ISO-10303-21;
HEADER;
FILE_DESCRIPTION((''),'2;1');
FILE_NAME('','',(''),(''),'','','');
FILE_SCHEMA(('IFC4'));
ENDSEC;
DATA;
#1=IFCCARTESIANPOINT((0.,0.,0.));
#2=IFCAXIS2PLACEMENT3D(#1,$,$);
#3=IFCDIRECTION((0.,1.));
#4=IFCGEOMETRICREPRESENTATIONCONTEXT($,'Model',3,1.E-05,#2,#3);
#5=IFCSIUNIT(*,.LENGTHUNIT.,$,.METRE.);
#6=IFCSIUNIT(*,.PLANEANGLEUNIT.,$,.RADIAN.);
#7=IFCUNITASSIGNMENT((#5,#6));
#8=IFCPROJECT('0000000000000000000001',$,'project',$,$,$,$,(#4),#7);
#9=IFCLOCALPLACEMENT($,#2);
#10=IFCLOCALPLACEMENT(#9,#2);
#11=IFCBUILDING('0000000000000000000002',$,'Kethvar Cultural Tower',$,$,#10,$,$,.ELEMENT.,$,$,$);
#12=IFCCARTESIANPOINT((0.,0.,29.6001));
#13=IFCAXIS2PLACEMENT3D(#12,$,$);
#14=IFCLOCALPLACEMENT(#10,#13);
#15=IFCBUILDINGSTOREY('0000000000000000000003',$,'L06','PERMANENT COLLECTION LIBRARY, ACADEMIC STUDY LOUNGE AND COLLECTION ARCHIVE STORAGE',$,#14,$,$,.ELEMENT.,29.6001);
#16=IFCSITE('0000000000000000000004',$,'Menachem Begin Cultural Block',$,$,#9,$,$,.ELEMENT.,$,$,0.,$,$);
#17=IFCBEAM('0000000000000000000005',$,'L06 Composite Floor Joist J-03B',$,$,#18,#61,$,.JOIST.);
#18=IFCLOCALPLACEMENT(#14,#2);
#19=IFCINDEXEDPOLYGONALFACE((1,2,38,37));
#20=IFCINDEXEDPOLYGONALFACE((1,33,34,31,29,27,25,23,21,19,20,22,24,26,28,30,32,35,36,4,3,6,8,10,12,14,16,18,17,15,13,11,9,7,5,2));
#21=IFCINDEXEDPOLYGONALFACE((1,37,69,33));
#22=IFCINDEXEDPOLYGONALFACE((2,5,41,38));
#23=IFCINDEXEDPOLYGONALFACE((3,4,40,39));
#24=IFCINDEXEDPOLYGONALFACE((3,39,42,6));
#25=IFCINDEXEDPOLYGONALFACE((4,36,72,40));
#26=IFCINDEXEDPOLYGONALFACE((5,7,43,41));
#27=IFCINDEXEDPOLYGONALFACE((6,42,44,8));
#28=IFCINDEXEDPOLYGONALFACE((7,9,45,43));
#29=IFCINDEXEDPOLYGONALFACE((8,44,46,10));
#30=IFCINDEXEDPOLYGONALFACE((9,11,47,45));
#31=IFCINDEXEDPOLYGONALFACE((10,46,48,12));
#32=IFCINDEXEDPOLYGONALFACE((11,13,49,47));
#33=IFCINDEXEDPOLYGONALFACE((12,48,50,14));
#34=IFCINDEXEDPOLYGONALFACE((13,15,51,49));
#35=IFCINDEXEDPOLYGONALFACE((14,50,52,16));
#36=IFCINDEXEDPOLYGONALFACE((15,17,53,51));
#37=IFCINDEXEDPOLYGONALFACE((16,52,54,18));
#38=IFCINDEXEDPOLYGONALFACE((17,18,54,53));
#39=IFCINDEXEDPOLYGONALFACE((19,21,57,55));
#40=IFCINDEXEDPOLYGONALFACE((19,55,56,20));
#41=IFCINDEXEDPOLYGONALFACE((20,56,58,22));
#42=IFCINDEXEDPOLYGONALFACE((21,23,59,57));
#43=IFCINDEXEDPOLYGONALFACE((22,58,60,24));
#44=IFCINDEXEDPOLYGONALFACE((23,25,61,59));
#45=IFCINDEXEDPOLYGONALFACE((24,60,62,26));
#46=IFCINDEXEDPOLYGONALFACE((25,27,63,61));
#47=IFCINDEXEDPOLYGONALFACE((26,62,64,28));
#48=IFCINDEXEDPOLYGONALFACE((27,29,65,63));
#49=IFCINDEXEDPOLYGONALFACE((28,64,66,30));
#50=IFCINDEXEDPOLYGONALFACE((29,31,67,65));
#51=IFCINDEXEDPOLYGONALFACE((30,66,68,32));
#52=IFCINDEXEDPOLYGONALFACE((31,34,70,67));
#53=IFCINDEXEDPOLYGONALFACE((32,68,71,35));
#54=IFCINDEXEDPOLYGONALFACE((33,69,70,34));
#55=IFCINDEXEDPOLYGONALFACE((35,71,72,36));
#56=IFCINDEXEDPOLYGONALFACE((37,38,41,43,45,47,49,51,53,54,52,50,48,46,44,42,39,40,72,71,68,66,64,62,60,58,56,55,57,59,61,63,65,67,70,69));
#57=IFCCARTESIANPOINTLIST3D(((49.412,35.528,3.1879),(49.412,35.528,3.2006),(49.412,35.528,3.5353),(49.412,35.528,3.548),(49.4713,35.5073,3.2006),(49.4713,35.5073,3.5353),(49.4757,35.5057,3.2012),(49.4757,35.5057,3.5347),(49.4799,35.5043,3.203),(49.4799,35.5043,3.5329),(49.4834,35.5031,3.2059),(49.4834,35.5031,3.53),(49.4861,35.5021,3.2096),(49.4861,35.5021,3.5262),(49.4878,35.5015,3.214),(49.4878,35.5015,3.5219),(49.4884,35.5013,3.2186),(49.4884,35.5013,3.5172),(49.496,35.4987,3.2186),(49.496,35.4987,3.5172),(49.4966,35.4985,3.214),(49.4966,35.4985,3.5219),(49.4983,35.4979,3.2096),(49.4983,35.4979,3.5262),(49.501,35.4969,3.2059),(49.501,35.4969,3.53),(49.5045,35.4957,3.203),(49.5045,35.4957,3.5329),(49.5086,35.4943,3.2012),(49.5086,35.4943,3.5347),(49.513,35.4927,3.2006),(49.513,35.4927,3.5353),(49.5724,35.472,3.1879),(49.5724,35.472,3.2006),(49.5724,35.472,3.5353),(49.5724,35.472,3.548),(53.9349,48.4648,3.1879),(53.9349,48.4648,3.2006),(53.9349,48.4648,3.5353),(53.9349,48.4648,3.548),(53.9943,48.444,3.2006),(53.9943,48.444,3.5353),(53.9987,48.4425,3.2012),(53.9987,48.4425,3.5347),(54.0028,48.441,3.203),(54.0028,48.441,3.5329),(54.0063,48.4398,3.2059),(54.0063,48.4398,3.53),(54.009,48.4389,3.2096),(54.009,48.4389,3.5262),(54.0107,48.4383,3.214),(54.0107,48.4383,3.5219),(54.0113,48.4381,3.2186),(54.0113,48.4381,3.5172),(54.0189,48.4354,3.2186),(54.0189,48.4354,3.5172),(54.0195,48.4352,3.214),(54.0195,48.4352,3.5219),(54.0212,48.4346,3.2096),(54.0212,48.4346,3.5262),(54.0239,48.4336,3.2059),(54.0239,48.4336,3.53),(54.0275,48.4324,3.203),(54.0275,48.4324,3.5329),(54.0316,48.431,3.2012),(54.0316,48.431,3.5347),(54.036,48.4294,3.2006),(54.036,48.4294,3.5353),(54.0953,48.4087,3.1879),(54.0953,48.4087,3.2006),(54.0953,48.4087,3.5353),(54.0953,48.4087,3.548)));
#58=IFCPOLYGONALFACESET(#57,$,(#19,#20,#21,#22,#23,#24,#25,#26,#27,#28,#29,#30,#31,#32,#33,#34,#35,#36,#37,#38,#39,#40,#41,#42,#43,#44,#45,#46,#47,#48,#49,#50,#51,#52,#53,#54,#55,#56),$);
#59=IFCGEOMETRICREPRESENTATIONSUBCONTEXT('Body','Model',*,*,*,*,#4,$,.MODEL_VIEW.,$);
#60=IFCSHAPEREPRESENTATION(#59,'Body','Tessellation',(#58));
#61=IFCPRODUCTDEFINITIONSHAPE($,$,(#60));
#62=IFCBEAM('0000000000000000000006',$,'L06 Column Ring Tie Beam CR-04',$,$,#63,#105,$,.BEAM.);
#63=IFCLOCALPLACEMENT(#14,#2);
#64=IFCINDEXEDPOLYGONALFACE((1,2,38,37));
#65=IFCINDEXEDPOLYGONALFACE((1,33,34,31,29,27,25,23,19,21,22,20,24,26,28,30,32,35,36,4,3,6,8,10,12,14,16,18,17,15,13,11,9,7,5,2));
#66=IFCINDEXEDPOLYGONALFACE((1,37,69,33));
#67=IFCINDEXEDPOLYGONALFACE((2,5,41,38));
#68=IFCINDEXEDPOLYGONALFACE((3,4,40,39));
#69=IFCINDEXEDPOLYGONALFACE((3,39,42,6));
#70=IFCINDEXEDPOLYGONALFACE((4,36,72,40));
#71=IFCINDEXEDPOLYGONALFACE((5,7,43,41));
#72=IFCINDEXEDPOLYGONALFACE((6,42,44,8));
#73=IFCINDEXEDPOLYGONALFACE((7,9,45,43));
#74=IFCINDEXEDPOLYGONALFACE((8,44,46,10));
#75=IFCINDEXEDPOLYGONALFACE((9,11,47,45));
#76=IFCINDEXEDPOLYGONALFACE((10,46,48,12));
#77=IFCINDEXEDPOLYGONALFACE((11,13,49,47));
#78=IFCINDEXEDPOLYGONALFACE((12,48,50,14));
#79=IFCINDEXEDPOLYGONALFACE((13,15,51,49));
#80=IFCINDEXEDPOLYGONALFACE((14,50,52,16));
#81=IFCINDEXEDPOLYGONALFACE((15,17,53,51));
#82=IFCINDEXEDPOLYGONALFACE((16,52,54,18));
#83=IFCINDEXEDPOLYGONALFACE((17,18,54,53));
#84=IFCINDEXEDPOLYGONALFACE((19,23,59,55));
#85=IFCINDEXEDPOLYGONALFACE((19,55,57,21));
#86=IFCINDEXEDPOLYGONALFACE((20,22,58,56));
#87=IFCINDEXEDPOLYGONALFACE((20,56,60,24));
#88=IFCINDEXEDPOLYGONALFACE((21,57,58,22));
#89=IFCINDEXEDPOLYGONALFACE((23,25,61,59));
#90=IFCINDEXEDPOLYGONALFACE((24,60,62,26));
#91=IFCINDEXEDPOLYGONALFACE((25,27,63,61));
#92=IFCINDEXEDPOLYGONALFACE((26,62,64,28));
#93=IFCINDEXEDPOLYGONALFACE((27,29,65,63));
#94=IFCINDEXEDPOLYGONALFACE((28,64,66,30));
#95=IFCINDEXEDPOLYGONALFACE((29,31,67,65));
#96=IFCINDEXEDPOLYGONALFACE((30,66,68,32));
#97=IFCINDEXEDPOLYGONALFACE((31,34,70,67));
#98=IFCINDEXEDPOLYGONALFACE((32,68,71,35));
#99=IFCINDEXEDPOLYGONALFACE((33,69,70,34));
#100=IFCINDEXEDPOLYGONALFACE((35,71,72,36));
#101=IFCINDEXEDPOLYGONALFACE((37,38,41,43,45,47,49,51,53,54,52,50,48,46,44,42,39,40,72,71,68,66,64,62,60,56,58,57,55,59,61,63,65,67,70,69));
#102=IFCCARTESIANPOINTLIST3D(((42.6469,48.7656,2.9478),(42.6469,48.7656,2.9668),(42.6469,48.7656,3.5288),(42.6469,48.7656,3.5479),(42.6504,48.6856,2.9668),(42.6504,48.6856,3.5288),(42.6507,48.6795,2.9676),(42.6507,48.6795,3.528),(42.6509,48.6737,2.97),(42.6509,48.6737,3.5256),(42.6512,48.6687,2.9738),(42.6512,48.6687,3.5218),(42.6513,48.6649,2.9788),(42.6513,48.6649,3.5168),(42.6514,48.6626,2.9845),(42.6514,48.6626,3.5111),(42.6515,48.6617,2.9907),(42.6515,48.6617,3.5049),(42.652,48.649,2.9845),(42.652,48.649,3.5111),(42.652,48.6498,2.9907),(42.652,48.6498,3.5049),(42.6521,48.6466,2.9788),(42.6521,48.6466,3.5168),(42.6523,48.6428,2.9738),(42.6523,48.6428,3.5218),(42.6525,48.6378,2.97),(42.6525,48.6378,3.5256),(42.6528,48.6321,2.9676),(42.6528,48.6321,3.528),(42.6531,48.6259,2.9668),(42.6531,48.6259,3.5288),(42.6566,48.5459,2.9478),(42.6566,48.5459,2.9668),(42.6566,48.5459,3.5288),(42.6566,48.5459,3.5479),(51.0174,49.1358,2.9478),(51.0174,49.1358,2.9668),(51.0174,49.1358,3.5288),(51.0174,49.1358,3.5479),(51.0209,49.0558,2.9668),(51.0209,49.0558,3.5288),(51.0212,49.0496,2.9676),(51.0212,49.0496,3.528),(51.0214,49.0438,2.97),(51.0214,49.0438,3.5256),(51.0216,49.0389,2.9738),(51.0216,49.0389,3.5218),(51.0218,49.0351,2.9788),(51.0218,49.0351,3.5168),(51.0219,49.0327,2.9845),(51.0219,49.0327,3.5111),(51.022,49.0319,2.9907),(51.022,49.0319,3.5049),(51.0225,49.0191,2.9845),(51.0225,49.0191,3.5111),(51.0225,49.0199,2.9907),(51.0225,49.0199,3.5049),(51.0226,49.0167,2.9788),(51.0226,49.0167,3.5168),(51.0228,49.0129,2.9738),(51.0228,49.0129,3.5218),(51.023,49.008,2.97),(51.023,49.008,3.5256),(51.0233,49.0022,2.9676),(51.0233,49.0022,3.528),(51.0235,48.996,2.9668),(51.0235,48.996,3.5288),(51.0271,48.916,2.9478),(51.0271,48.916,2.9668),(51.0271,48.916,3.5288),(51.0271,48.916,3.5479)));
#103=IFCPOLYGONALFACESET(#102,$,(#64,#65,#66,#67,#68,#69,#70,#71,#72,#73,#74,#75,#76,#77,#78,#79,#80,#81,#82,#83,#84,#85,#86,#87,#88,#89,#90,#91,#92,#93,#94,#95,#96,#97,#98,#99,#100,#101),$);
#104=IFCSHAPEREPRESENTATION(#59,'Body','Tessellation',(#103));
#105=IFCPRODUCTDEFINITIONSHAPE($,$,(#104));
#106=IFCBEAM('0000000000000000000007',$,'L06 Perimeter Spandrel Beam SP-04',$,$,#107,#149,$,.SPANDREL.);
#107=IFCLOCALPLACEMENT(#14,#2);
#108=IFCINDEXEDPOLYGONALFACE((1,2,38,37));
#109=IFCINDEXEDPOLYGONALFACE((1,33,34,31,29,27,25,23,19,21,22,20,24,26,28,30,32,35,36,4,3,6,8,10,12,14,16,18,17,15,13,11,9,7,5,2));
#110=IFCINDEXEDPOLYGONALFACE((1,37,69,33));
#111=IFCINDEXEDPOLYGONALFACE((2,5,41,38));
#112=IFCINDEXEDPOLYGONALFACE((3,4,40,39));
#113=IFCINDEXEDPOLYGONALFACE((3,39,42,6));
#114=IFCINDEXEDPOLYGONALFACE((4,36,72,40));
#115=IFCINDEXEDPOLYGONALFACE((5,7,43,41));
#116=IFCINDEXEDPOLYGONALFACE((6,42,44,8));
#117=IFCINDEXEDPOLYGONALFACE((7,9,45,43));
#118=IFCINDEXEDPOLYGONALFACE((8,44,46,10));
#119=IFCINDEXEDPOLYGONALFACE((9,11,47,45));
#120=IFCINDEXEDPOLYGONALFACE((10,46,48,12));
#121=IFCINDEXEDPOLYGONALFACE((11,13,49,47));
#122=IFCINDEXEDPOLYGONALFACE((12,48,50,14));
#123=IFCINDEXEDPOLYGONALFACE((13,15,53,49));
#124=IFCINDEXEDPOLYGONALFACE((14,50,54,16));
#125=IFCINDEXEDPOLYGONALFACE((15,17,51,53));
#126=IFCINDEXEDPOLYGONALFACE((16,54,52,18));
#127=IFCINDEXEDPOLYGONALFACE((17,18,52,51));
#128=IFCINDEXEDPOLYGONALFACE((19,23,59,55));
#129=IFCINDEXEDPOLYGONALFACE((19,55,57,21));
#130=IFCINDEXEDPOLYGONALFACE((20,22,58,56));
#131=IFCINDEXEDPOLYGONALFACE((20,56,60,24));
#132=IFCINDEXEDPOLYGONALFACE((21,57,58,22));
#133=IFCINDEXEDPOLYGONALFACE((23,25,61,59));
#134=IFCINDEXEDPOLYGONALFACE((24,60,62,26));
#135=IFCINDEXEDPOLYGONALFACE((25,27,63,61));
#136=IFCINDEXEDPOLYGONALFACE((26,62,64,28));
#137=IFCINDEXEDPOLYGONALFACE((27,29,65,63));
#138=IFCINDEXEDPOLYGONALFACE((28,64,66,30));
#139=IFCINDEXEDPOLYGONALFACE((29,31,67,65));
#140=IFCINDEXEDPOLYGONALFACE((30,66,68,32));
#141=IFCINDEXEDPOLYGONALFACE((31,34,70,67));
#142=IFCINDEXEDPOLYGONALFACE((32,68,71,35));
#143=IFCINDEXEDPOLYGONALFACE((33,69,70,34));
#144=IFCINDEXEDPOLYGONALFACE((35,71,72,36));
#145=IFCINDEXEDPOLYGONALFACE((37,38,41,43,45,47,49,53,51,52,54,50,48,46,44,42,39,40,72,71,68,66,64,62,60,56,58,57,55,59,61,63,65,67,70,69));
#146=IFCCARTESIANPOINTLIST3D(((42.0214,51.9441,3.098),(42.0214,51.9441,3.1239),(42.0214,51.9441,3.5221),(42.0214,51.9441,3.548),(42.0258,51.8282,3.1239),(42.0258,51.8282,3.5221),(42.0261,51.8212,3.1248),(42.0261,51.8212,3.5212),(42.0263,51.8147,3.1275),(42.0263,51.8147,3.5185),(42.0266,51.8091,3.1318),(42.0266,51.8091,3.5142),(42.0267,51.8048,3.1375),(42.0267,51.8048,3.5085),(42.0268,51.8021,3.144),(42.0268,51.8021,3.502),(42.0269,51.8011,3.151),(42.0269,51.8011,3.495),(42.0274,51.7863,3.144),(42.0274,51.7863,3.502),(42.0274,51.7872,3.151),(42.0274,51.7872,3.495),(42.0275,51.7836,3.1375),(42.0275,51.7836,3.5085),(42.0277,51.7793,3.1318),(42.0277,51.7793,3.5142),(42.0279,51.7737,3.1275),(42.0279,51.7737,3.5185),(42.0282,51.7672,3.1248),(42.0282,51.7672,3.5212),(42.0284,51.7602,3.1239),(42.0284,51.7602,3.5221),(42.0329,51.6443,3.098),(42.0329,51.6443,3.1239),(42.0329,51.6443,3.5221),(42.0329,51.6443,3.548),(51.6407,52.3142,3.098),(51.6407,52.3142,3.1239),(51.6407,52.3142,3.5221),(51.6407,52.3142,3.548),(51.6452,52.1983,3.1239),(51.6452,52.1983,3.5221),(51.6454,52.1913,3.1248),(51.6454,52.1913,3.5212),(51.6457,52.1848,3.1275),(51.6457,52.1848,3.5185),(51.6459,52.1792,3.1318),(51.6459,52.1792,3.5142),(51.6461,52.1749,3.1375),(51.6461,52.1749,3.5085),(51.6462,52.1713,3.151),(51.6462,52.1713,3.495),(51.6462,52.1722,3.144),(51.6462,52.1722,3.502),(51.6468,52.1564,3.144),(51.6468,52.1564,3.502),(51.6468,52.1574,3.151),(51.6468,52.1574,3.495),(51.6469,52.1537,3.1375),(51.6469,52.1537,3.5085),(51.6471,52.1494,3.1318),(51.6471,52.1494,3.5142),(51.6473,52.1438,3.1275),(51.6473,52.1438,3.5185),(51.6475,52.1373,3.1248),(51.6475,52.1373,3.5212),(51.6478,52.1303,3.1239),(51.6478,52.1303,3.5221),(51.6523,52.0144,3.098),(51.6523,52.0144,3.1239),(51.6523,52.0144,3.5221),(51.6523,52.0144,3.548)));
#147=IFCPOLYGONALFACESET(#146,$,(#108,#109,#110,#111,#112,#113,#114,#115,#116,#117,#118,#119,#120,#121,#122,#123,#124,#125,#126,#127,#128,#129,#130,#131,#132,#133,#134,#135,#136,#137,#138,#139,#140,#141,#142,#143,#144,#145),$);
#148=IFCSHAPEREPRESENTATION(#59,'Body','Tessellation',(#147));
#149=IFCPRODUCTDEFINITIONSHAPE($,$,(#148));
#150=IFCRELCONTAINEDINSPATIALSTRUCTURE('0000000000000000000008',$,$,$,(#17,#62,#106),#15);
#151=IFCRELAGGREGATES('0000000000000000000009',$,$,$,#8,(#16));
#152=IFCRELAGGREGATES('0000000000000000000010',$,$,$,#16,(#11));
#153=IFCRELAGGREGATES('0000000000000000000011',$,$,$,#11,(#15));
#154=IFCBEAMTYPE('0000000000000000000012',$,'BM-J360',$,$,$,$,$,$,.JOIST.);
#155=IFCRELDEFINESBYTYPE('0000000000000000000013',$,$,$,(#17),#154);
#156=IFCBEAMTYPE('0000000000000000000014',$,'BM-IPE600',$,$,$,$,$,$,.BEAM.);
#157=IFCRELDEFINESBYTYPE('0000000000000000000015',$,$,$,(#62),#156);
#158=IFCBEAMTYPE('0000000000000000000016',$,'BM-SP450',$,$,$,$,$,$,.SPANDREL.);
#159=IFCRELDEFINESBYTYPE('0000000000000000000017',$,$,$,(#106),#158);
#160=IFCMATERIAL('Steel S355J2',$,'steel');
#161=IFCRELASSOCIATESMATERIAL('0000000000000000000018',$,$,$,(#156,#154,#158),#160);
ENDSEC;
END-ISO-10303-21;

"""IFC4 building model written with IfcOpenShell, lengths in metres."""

from ifc_helpers import new_model, si_unit, direction, frame, origin, origin_2d, place, context, subcontext, project, spatial, i_section, extrude, source, transform, mapped, material, material_profile, profile_set, type_object, element, save


model = new_model("IFC4")

# Units and contexts
model_context = context("Model", 3, precision=1e-05, world=origin(), true_north=direction((0.0, 1.0)))
body_context = subcontext(model_context, "Body", "Model", "MODEL_VIEW")
ifc_project = project(units=[si_unit("LENGTHUNIT", "METRE"), si_unit("PLANEANGLEUNIT", "RADIAN")], contexts=[model_context])

# Site, building, storey
site_placement = place(None, origin())
site = spatial("IfcSite", under=ifc_project, at=site_placement, Name="Menachem Begin Cultural Block", CompositionType="ELEMENT", RefElevation=0.0)
building_placement = place(site_placement, origin())
building = spatial("IfcBuilding", under=site, at=building_placement, Name="Kethvar Cultural Tower", CompositionType="ELEMENT")
storey_placement = place(building_placement, frame((0.0, 0.0, 29.6001)))
storey = spatial("IfcBuildingStorey", under=building, at=storey_placement, Name="L06", Description="PERMANENT COLLECTION LIBRARY, ACADEMIC STUDY LOUNGE AND COLLECTION ARCHIVE STORAGE", CompositionType="ELEMENT", Elevation=29.6001)

# Beams
ifc_material_1 = material(Name="Steel S355J2", Category="steel")
ifc_material_profile_1 = material_profile(ifc_material_1, i_section(OverallWidth=0.22, OverallDepth=0.6001, WebThickness=0.012, FlangeThickness=0.019, FilletRadius=0.0239, at=origin_2d()), Name="Steel S355J2 — IPE600")
ifc_profile_set_1 = profile_set([ifc_material_profile_1], Name="Steel S355J2 — IPE600")
beam_type_1 = type_object("IfcBeamType", Name="BM-IPE600", PredefinedType="BEAM", material=ifc_profile_set_1)
ifc_material_profile_2 = material_profile(ifc_material_1, i_section(OverallWidth=0.1699, OverallDepth=0.3601, WebThickness=0.0081, FlangeThickness=0.0127, FilletRadius=0.0181, at=origin_2d()), Name="Steel S355J2 — IPE360")
ifc_profile_set_2 = profile_set([ifc_material_profile_2], Name="Steel S355J2 — IPE360")
beam_type_2 = type_object("IfcBeamType", Name="BM-J360", PredefinedType="JOIST", material=ifc_profile_set_2)
shared_shape_1 = source(origin(), body_context, "Body", "SweptSolid", [
    extrude(i_section(OverallWidth=0.1699, OverallDepth=0.3601, WebThickness=0.0081, FlangeThickness=0.0127, FilletRadius=0.0181, at=origin_2d()), origin(), (0.0, 0.0, 1.0), 13.7046),
])
beam_1_placement = place(storey_placement, frame((49.4922, 35.5, 3.3679), z_axis=(0.330031, 0.94397, 0.0), x_axis=(-0.94397, 0.330031, 0.0)))
element("IfcBeam", 1, at=beam_1_placement, inside=storey, type_object=beam_type_2, Name="L06 Composite Floor Joist J-03B", PredefinedType="JOIST", context=body_context, shape_type="MappedRepresentation", body=[
    mapped(shared_shape_1, transform((0.0, 0.0, 0.0), scale=1.0)),
])
shared_shape_2 = source(origin(), body_context, "Body", "SweptSolid", [
    extrude(i_section(OverallWidth=0.22, OverallDepth=0.6001, WebThickness=0.012, FlangeThickness=0.019, FilletRadius=0.0239, at=origin_2d()), origin(), (0.0, 0.0, 1.0), 8.3787),
])
beam_2_placement = place(storey_placement, frame((51.0222, 49.0259, 3.2478), z_axis=(-0.999024, -0.044173, 0.0), x_axis=(0.044173, -0.999024, 0.0)))
element("IfcBeam", 2, at=beam_2_placement, inside=storey, type_object=beam_type_1, Name="L06 Column Ring Tie Beam CR-04", PredefinedType="BEAM", context=body_context, shape_type="MappedRepresentation", body=[
    mapped(shared_shape_2, transform((0.0, 0.0, 0.0), scale=1.0)),
])
ifc_material_profile_3 = material_profile(ifc_material_1, i_section(OverallWidth=0.3, OverallDepth=0.45, WebThickness=0.0139, FlangeThickness=0.0259, FilletRadius=0.0271, at=origin_2d()), Name="Steel S355J2 — HEB450")
ifc_profile_set_3 = profile_set([ifc_material_profile_3], Name="Steel S355J2 — HEB450")
beam_type_3 = type_object("IfcBeamType", Name="BM-SP450", PredefinedType="SPANDREL", material=ifc_profile_set_3)
shared_shape_3 = source(origin(), body_context, "Body", "SweptSolid", [
    extrude(i_section(OverallWidth=0.3, OverallDepth=0.45, WebThickness=0.0139, FlangeThickness=0.0259, FilletRadius=0.0271, at=origin_2d()), origin(), (0.0, 0.0, 1.0), 9.6265),
])
beam_3_placement = place(storey_placement, frame((51.6465, 52.1643, 3.323), z_axis=(-0.999261, -0.038448, 0.0), x_axis=(0.038448, -0.999261, 0.0)))
element("IfcBeam", 3, at=beam_3_placement, inside=storey, type_object=beam_type_3, Name="L06 Perimeter Spandrel Beam SP-04", PredefinedType="SPANDREL", context=body_context, shape_type="MappedRepresentation", body=[
    mapped(shared_shape_3, transform((0.0, 0.0, 0.0), scale=1.0)),
])

save(model, "model.ifc")
